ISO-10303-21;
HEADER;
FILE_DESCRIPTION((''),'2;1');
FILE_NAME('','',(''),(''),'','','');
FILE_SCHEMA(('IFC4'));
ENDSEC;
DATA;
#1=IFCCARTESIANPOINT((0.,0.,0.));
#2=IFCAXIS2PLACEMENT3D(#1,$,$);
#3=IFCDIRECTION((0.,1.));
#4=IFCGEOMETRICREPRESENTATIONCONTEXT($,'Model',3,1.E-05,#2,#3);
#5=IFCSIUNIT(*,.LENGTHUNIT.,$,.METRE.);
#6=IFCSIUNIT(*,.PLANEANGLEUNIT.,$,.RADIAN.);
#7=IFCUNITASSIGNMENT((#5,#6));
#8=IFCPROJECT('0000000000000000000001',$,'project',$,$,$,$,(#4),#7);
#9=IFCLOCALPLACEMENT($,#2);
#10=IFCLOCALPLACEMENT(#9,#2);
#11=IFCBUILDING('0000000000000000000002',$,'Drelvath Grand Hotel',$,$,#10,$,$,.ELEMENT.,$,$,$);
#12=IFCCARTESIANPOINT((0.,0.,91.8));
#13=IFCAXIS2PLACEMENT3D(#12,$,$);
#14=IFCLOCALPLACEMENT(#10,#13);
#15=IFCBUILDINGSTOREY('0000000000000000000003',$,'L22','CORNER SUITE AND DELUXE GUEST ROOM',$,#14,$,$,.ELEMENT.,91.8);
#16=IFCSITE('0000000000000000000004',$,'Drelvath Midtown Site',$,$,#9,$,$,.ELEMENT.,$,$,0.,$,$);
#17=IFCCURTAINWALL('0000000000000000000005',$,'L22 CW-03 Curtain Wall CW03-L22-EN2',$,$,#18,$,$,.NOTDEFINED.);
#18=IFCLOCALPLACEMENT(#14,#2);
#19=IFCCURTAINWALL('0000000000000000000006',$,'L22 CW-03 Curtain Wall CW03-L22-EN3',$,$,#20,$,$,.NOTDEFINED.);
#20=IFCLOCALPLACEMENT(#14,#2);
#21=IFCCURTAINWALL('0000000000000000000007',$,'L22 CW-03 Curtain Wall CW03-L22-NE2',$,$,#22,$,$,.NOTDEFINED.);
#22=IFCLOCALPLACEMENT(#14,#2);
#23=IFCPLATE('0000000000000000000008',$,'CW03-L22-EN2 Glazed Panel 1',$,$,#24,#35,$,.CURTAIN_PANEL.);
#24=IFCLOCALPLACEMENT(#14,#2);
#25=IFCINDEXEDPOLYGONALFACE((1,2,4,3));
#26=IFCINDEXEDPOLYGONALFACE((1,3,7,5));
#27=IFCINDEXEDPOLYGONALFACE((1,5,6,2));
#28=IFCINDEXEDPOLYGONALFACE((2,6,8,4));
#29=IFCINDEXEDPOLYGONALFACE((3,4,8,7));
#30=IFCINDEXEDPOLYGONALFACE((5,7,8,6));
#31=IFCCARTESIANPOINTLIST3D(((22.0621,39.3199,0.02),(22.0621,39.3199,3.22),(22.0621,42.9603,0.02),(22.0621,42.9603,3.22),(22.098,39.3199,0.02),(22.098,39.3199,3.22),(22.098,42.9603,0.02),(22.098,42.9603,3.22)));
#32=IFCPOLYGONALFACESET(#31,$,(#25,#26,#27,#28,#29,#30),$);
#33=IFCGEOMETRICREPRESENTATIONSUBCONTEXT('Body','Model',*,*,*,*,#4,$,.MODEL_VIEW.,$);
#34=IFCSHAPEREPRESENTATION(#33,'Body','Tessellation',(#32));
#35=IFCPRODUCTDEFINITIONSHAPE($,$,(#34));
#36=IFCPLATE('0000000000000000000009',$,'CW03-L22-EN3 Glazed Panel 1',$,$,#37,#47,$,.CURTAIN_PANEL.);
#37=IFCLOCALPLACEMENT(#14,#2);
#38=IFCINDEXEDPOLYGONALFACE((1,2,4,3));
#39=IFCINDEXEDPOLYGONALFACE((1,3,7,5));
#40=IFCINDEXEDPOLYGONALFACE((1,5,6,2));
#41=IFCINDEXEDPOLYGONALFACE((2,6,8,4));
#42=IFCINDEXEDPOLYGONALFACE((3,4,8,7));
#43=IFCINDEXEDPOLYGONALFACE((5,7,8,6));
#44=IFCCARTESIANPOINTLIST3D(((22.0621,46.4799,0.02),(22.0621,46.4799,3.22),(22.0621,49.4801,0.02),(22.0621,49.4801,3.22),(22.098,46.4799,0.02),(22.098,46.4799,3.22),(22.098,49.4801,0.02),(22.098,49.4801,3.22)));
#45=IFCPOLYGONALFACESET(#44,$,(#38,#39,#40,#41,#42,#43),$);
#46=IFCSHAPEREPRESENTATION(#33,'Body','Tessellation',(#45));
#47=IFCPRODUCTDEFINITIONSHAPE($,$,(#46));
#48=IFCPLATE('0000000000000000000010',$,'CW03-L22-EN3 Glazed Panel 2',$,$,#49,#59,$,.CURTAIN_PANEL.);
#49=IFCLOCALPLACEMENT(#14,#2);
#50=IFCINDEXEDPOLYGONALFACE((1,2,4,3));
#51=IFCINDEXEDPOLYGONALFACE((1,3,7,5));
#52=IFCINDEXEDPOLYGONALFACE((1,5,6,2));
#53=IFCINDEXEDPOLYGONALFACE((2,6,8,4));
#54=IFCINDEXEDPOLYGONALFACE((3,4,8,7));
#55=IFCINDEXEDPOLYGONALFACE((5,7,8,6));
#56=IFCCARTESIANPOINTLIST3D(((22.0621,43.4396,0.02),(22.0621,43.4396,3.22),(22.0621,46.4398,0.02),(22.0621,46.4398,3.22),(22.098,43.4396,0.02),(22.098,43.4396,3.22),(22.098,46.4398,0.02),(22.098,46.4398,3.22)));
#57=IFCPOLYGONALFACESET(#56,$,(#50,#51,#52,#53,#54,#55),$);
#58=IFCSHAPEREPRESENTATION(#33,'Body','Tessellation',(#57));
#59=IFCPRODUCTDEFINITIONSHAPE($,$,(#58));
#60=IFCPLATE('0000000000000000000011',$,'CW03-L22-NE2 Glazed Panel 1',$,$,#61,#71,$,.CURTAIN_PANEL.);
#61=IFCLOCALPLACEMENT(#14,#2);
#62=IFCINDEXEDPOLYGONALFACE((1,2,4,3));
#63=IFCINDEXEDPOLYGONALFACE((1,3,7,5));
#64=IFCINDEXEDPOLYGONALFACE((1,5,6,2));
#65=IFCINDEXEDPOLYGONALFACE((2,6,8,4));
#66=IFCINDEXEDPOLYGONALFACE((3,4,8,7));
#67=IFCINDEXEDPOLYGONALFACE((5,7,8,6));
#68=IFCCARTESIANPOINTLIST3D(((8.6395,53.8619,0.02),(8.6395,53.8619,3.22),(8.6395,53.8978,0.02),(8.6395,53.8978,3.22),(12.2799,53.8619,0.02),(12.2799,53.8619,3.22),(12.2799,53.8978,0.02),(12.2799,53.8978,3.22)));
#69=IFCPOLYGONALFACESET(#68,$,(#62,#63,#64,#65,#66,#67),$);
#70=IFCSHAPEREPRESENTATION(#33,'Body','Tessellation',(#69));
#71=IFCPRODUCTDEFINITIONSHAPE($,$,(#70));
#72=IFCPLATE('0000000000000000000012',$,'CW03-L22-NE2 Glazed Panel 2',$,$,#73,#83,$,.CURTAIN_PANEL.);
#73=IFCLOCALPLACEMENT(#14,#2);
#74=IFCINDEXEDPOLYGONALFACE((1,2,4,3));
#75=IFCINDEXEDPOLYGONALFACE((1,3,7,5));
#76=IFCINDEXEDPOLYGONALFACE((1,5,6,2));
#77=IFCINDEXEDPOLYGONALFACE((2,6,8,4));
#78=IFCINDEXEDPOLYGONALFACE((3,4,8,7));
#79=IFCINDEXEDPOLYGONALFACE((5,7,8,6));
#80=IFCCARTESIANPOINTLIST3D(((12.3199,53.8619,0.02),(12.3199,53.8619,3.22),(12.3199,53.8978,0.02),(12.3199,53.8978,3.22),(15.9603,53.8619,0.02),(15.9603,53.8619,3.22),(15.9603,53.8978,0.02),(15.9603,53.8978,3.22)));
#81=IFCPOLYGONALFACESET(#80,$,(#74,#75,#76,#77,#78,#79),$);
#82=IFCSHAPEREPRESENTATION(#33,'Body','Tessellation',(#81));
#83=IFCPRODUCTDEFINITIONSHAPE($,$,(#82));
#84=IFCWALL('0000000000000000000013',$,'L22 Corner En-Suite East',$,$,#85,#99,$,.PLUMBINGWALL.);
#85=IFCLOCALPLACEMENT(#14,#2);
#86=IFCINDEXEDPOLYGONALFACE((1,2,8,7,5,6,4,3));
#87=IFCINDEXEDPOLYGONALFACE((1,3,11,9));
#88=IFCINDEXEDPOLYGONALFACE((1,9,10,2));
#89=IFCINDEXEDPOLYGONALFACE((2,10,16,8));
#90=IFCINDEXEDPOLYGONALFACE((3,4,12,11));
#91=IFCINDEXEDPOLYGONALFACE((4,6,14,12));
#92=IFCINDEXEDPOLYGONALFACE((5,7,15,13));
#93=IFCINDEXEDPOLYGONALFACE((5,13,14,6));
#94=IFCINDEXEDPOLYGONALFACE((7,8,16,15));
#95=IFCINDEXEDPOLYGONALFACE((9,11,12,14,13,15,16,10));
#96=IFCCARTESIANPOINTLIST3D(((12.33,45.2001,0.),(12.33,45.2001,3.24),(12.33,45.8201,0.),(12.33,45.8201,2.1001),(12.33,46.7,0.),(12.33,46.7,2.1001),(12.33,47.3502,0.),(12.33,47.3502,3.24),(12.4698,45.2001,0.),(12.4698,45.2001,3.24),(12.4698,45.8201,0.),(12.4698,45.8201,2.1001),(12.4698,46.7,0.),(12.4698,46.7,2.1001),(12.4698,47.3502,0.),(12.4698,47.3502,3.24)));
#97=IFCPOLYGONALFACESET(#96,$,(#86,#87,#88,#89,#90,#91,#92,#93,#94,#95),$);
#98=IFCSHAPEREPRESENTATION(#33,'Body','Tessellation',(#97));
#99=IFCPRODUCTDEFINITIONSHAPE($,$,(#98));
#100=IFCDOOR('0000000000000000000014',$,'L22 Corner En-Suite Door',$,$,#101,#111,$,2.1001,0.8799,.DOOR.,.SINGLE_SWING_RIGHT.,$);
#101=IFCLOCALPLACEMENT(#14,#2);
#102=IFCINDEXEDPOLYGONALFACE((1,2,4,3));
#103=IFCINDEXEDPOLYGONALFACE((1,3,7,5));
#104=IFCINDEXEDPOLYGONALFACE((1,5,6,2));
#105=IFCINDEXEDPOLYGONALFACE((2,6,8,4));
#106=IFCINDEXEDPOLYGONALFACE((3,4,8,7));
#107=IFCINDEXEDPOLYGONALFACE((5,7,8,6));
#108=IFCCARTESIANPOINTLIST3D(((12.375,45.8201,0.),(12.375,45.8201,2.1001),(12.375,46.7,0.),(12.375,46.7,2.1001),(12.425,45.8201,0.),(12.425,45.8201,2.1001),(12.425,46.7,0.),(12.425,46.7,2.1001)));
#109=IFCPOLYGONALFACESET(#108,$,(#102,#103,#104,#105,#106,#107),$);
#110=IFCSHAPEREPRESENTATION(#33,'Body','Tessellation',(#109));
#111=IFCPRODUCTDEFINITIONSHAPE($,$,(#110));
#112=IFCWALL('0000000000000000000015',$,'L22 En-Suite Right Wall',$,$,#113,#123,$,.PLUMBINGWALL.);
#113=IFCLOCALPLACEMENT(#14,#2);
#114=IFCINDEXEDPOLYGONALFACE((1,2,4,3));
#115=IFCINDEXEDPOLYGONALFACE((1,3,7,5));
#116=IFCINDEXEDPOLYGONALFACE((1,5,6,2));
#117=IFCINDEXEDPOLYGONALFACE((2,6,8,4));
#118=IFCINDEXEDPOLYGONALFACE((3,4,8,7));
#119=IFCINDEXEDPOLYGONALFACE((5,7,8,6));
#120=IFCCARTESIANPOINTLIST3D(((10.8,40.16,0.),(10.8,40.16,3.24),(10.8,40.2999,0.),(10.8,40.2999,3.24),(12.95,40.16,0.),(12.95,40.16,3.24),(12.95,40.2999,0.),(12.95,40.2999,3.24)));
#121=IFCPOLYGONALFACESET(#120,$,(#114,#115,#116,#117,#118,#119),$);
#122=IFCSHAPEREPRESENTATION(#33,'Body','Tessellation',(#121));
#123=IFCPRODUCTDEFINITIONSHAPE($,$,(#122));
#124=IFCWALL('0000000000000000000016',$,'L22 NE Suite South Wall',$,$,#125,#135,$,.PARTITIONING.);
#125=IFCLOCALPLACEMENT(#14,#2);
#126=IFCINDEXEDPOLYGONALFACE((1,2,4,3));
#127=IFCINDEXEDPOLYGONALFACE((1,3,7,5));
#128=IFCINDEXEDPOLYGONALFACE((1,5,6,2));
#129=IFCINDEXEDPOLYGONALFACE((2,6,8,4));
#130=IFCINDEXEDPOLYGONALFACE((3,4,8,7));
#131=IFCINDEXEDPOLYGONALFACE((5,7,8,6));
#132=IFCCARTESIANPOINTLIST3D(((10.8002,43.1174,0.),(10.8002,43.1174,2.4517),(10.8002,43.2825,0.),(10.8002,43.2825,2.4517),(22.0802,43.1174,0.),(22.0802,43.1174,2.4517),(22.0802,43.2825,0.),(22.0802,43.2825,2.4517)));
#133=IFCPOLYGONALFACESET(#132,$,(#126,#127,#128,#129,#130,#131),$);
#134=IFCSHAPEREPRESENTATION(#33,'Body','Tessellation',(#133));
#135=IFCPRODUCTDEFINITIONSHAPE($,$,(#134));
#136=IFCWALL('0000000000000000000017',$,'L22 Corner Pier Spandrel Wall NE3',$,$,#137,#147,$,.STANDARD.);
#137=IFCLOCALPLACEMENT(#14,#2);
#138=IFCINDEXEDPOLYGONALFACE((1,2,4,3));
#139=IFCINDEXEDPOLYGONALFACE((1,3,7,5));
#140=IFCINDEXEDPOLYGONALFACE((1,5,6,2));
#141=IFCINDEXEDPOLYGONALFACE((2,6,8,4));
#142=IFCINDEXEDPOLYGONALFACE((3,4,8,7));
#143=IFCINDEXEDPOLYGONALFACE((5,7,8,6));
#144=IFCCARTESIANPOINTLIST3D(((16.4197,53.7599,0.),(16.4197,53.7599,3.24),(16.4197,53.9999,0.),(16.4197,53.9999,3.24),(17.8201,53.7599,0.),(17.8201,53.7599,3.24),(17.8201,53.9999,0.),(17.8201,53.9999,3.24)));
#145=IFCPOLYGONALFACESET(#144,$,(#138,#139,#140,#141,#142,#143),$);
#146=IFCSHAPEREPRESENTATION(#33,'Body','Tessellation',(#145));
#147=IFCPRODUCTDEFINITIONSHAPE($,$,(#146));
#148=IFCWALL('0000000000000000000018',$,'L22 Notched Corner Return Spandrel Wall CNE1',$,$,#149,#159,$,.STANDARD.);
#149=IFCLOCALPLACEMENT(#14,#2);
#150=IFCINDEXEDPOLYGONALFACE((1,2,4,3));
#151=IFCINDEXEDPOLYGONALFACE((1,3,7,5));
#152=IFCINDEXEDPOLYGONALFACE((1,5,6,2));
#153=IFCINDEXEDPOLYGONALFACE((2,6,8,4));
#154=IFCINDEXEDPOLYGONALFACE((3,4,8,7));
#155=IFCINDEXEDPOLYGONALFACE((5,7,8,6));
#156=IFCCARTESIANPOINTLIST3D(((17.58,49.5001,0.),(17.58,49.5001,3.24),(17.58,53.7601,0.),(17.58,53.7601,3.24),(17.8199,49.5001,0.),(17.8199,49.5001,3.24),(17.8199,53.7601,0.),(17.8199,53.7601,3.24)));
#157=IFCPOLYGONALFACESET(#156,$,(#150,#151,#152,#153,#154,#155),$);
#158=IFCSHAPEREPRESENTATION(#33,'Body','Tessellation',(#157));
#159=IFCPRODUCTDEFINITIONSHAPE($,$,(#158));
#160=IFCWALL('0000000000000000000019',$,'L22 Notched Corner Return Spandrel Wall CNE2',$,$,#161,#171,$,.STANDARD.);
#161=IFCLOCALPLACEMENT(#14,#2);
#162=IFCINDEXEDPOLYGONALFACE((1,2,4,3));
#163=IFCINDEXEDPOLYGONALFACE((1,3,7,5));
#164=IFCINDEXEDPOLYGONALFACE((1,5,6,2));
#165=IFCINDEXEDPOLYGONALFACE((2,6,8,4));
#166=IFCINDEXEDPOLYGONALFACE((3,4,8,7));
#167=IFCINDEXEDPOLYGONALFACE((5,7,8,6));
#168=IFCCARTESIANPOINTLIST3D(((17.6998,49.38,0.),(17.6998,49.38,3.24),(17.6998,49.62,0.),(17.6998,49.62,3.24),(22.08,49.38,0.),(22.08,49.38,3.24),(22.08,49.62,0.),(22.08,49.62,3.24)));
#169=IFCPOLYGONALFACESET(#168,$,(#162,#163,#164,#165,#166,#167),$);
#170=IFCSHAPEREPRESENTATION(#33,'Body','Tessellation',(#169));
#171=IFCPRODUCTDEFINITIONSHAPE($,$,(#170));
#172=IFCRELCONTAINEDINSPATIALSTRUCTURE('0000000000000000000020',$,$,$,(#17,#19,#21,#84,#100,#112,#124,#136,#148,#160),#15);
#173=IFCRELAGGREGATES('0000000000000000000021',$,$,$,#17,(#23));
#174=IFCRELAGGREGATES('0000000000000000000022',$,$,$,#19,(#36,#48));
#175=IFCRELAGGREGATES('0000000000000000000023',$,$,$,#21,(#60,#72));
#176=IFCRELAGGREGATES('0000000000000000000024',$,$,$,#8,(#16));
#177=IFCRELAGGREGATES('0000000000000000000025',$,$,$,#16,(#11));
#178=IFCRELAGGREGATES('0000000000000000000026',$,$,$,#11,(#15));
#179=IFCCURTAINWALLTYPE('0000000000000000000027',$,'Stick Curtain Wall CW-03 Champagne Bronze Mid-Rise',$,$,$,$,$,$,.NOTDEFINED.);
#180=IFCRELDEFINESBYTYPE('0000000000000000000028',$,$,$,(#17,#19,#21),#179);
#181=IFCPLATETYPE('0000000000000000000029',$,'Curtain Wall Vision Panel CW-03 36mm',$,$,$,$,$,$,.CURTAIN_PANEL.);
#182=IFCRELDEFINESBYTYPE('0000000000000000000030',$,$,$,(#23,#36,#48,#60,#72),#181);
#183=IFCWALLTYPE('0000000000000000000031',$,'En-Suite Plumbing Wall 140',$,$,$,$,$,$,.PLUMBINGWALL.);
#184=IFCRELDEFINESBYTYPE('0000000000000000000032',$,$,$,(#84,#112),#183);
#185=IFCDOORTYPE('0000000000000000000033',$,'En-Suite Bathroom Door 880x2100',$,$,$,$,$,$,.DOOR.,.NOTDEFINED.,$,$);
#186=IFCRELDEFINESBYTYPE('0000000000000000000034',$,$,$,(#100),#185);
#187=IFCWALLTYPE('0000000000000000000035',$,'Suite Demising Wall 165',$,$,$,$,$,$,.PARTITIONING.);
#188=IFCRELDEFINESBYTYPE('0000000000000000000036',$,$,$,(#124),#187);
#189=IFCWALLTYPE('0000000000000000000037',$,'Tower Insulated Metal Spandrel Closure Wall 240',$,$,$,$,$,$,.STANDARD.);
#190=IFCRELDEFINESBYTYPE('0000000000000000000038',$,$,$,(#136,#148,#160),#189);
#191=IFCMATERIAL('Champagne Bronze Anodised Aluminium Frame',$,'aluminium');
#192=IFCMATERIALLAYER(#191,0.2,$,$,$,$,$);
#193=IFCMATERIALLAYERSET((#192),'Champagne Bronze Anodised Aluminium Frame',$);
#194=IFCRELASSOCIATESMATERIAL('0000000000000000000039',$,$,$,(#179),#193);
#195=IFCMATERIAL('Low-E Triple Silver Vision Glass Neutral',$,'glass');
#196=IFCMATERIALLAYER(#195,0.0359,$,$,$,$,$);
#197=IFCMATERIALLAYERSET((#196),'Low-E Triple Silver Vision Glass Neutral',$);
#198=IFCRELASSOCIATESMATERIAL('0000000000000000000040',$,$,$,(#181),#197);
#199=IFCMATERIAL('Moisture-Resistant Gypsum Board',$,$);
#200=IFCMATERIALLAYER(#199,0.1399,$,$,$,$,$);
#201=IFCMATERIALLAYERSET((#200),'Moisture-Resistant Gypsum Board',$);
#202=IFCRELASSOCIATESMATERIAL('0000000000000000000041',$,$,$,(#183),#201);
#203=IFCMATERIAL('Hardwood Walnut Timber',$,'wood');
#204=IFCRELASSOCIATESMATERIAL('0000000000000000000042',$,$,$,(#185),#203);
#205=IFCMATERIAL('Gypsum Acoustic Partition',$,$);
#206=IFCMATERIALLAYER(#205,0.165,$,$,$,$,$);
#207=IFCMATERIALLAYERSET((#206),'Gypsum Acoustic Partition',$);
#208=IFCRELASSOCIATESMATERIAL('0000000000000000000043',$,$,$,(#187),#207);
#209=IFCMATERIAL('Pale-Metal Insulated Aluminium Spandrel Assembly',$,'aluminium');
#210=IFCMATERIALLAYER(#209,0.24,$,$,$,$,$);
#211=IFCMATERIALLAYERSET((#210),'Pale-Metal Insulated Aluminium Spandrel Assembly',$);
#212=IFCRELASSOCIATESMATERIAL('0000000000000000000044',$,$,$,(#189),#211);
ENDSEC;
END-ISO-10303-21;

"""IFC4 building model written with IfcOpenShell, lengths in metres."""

from ifc_helpers import new_model, si_unit, direction, frame, frame_2d, origin, origin_2d, place, context, subcontext, project, spatial, rectangle, extrude, material, layer, layer_set, type_object, element, fill, aggregate, save


model = new_model("IFC4")

# Units and contexts
model_context = context("Model", 3, precision=1e-05, world=origin(), true_north=direction((0.0, 1.0)))
body_context = subcontext(model_context, "Body", "Model", "MODEL_VIEW")
ifc_project = project(units=[si_unit("LENGTHUNIT", "METRE"), si_unit("PLANEANGLEUNIT", "RADIAN")], contexts=[model_context])

# Site, building, storey
site_placement = place(None, origin())
site = spatial("IfcSite", under=ifc_project, at=site_placement, Name="Drelvath Midtown Site", CompositionType="ELEMENT", RefElevation=0.0)
building_placement = place(site_placement, origin())
building = spatial("IfcBuilding", under=site, at=building_placement, Name="Drelvath Grand Hotel", CompositionType="ELEMENT")
storey_placement = place(building_placement, frame((0.0, 0.0, 91.8)))
storey = spatial("IfcBuildingStorey", under=building, at=storey_placement, Name="L22", Description="CORNER SUITE AND DELUXE GUEST ROOM", CompositionType="ELEMENT", Elevation=91.8)

# Curtain walls
ifc_material_1 = material(Name="Champagne Bronze Anodised Aluminium Frame", Category="aluminium")
ifc_layer_1 = layer(ifc_material_1, 0.2)
ifc_layer_set_1 = layer_set([ifc_layer_1], Name="Champagne Bronze Anodised Aluminium Frame")
curtain_wall_type = type_object("IfcCurtainWallType", Name="Stick Curtain Wall CW-03 Champagne Bronze Mid-Rise", PredefinedType="NOTDEFINED", material=ifc_layer_set_1)
curtain_wall_1_placement = place(storey_placement, origin())
curtain_wall_1 = element("IfcCurtainWall", 1, at=curtain_wall_1_placement, inside=storey, type_object=curtain_wall_type, Name="L22 CW-03 Curtain Wall CW03-L22-EN2", PredefinedType="NOTDEFINED")
curtain_wall_2_placement = place(storey_placement, origin())
curtain_wall_2 = element("IfcCurtainWall", 2, at=curtain_wall_2_placement, inside=storey, type_object=curtain_wall_type, Name="L22 CW-03 Curtain Wall CW03-L22-EN3", PredefinedType="NOTDEFINED")

# Curtain wall
curtain_wall_3_placement = place(storey_placement, origin())
curtain_wall_3 = element("IfcCurtainWall", 3, at=curtain_wall_3_placement, inside=storey, type_object=curtain_wall_type, Name="L22 CW-03 Curtain Wall CW03-L22-NE2", PredefinedType="NOTDEFINED")

# Plates
ifc_material_2 = material(Name="Low-E Triple Silver Vision Glass Neutral", Category="glass")
ifc_layer_2 = layer(ifc_material_2, 0.0359)
ifc_layer_set_2 = layer_set([ifc_layer_2], Name="Low-E Triple Silver Vision Glass Neutral")
plate_type = type_object("IfcPlateType", Name="Curtain Wall Vision Panel CW-03 36mm", PredefinedType="CURTAIN_PANEL", material=ifc_layer_set_2)
plate_1_placement = place(storey_placement, frame((22.0801, 41.1401, 0.02), z_axis=(0.0, 0.0, 1.0), x_axis=(0.0, -1.0, 0.0)))
plate_1 = element("IfcPlate", 4, at=plate_1_placement, type_object=plate_type, Name="CW03-L22-EN2 Glazed Panel 1", PredefinedType="CURTAIN_PANEL", context=body_context, shape_type="SweptSolid", body=[
    extrude(rectangle(XDim=3.6404, YDim=0.0359, at=origin_2d()), origin(), (0.0, 0.0, 1.0), 3.2),
])
aggregate(curtain_wall_1, [plate_1])
plate_2_placement = place(storey_placement, frame((22.0801, 47.98, 0.02), z_axis=(0.0, 0.0, 1.0), x_axis=(0.0, -1.0, 0.0)))
plate_2 = element("IfcPlate", 5, at=plate_2_placement, type_object=plate_type, Name="CW03-L22-EN3 Glazed Panel 1", PredefinedType="CURTAIN_PANEL", context=body_context, shape_type="SweptSolid", body=[
    extrude(rectangle(XDim=3.0002, YDim=0.0359, at=origin_2d()), origin(), (0.0, 0.0, 1.0), 3.2),
])
plate_3_placement = place(storey_placement, frame((22.0801, 44.9397, 0.02), z_axis=(0.0, 0.0, 1.0), x_axis=(0.0, -1.0, 0.0)))
plate_3 = element("IfcPlate", 6, at=plate_3_placement, type_object=plate_type, Name="CW03-L22-EN3 Glazed Panel 2", PredefinedType="CURTAIN_PANEL", context=body_context, shape_type="SweptSolid", body=[
    extrude(rectangle(XDim=3.0002, YDim=0.0359, at=origin_2d()), origin(), (0.0, 0.0, 1.0), 3.2),
])
aggregate(curtain_wall_2, [plate_2, plate_3])
plate_4_placement = place(storey_placement, frame((10.4597, 53.8799, 0.02), z_axis=(0.0, 0.0, 1.0), x_axis=(1.0, 0.0, 0.0)))
plate_4 = element("IfcPlate", 7, at=plate_4_placement, type_object=plate_type, Name="CW03-L22-NE2 Glazed Panel 1", PredefinedType="CURTAIN_PANEL", context=body_context, shape_type="SweptSolid", body=[
    extrude(rectangle(XDim=3.6404, YDim=0.0359, at=origin_2d()), origin(), (0.0, 0.0, 1.0), 3.2),
])
plate_5_placement = place(storey_placement, frame((14.1401, 53.8799, 0.02), z_axis=(0.0, 0.0, 1.0), x_axis=(1.0, 0.0, 0.0)))
plate_5 = element("IfcPlate", 8, at=plate_5_placement, type_object=plate_type, Name="CW03-L22-NE2 Glazed Panel 2", PredefinedType="CURTAIN_PANEL", context=body_context, shape_type="SweptSolid", body=[
    extrude(rectangle(XDim=3.6404, YDim=0.0359, at=origin_2d()), origin(), (0.0, 0.0, 1.0), 3.2),
])
aggregate(curtain_wall_3, [plate_4, plate_5])

# Wall, opening, door
ifc_material_3 = material(Name="Moisture-Resistant Gypsum Board")
ifc_layer_3 = layer(ifc_material_3, 0.1399)
ifc_layer_set_3 = layer_set([ifc_layer_3], Name="Moisture-Resistant Gypsum Board")
wall_type_1 = type_object("IfcWallType", Name="En-Suite Plumbing Wall 140", PredefinedType="PLUMBINGWALL", material=ifc_layer_set_3)
wall_1_placement = place(storey_placement, frame((12.3999, 45.2, 0.0), z_axis=(0.0, 0.0, 1.0), x_axis=(0.0, 1.0, 0.0)))
wall_1 = element("IfcWall", 9, at=wall_1_placement, inside=storey, type_object=wall_type_1, Name="L22 Corner En-Suite East", PredefinedType="PLUMBINGWALL", context=body_context, shape_type="SweptSolid", body=[
    extrude(rectangle(XDim=2.1501, YDim=0.1399, at=frame_2d((1.0752, 0.0))), origin(), (0.0, 0.0, 1.0), 3.24),
])
opening_placement = place(wall_1_placement, frame((0.6201, 0.0, 0.0)))
opening = element("IfcOpeningElement", 10, at=opening_placement, cuts=wall_1, PredefinedType="OPENING", context=body_context, shape_type="SweptSolid", body=[
    extrude(rectangle(XDim=0.8799, YDim=2.1001, at=frame_2d((0.4399, 1.05))), frame((0.0, 0.0798, 0.0), z_axis=(0.0, -1.0, 0.0), x_axis=(1.0, 0.0, 0.0)), (0.0, 0.0, 1.0), 0.1599),
])
ifc_material_4 = material(Name="Hardwood Walnut Timber", Category="wood")
door_type = type_object("IfcDoorType", Name="En-Suite Bathroom Door 880x2100", OperationType="NOTDEFINED", PredefinedType="DOOR", material=ifc_material_4)
door_placement = place(opening_placement, origin())
door = element("IfcDoor", 11, at=door_placement, inside=storey, type_object=door_type, Name="L22 Corner En-Suite Door", OperationType="SINGLE_SWING_RIGHT", OverallHeight=2.1001, OverallWidth=0.8799, PredefinedType="DOOR", context=body_context, shape_type="SweptSolid", body=[
    extrude(rectangle(XDim=0.8799, YDim=2.1001, at=frame_2d((0.4399, 1.05))), frame((0.0, 0.0249, 0.0), z_axis=(0.0, -1.0, 0.0), x_axis=(1.0, 0.0, 0.0)), (0.0, 0.0, 1.0), 0.05),
])
fill(opening, door)

# Walls
wall_2_placement = place(storey_placement, frame((10.8, 40.23, 0.0), z_axis=(0.0, 0.0, 1.0), x_axis=(1.0, 0.0, 0.0)))
element("IfcWall", 12, at=wall_2_placement, inside=storey, type_object=wall_type_1, Name="L22 En-Suite Right Wall", PredefinedType="PLUMBINGWALL", context=body_context, shape_type="SweptSolid", body=[
    extrude(rectangle(XDim=2.1499, YDim=0.1399, at=frame_2d((1.075, 0.0))), origin(), (0.0, 0.0, 1.0), 3.24),
])
ifc_material_5 = material(Name="Gypsum Acoustic Partition")
ifc_layer_4 = layer(ifc_material_5, 0.165)
ifc_layer_set_4 = layer_set([ifc_layer_4], Name="Gypsum Acoustic Partition")
wall_type_2 = type_object("IfcWallType", Name="Suite Demising Wall 165", PredefinedType="PARTITIONING", material=ifc_layer_set_4)
wall_3_placement = place(storey_placement, frame((10.8, 43.2, 0.0), z_axis=(0.0, 0.0, 1.0), x_axis=(1.0, 0.0, 0.0)))
element("IfcWall", 13, at=wall_3_placement, inside=storey, type_object=wall_type_2, Name="L22 NE Suite South Wall", PredefinedType="PARTITIONING", context=body_context, shape_type="SweptSolid", body=[
    extrude(rectangle(XDim=11.28, YDim=0.165, at=frame_2d((5.6401, 0.0))), origin(), (0.0, 0.0, 1.0), 2.4517),
])
ifc_material_6 = material(Name="Pale-Metal Insulated Aluminium Spandrel Assembly", Category="aluminium")
ifc_layer_5 = layer(ifc_material_6, 0.24)
ifc_layer_set_5 = layer_set([ifc_layer_5], Name="Pale-Metal Insulated Aluminium Spandrel Assembly")
wall_type_3 = type_object("IfcWallType", Name="Tower Insulated Metal Spandrel Closure Wall 240", PredefinedType="STANDARD", material=ifc_layer_set_5)
wall_4_placement = place(storey_placement, frame((16.4197, 53.8799, 0.0), z_axis=(0.0, 0.0, 1.0), x_axis=(1.0, 0.0, 0.0)))
element("IfcWall", 14, at=wall_4_placement, inside=storey, type_object=wall_type_3, Name="L22 Corner Pier Spandrel Wall NE3", PredefinedType="STANDARD", context=body_context, shape_type="SweptSolid", body=[
    extrude(rectangle(XDim=1.4004, YDim=0.24, at=frame_2d((0.7002, 0.0))), origin(), (0.0, 0.0, 1.0), 3.24),
])
wall_5_placement = place(storey_placement, frame((17.7, 53.76, 0.0), z_axis=(0.0, 0.0, 1.0), x_axis=(0.0, -1.0, 0.0)))
element("IfcWall", 15, at=wall_5_placement, inside=storey, type_object=wall_type_3, Name="L22 Notched Corner Return Spandrel Wall CNE1", PredefinedType="STANDARD", context=body_context, shape_type="SweptSolid", body=[
    extrude(rectangle(XDim=4.26, YDim=0.24, at=frame_2d((2.1299, 0.0))), origin(), (0.0, 0.0, 1.0), 3.24),
])
wall_6_placement = place(storey_placement, frame((17.7, 49.5, 0.0), z_axis=(0.0, 0.0, 1.0), x_axis=(1.0, 0.0, 0.0)))
element("IfcWall", 16, at=wall_6_placement, inside=storey, type_object=wall_type_3, Name="L22 Notched Corner Return Spandrel Wall CNE2", PredefinedType="STANDARD", context=body_context, shape_type="SweptSolid", body=[
    extrude(rectangle(XDim=4.3801, YDim=0.24, at=frame_2d((2.1899, 0.0))), origin(), (0.0, 0.0, 1.0), 3.24),
])

save(model, "model.ifc")
